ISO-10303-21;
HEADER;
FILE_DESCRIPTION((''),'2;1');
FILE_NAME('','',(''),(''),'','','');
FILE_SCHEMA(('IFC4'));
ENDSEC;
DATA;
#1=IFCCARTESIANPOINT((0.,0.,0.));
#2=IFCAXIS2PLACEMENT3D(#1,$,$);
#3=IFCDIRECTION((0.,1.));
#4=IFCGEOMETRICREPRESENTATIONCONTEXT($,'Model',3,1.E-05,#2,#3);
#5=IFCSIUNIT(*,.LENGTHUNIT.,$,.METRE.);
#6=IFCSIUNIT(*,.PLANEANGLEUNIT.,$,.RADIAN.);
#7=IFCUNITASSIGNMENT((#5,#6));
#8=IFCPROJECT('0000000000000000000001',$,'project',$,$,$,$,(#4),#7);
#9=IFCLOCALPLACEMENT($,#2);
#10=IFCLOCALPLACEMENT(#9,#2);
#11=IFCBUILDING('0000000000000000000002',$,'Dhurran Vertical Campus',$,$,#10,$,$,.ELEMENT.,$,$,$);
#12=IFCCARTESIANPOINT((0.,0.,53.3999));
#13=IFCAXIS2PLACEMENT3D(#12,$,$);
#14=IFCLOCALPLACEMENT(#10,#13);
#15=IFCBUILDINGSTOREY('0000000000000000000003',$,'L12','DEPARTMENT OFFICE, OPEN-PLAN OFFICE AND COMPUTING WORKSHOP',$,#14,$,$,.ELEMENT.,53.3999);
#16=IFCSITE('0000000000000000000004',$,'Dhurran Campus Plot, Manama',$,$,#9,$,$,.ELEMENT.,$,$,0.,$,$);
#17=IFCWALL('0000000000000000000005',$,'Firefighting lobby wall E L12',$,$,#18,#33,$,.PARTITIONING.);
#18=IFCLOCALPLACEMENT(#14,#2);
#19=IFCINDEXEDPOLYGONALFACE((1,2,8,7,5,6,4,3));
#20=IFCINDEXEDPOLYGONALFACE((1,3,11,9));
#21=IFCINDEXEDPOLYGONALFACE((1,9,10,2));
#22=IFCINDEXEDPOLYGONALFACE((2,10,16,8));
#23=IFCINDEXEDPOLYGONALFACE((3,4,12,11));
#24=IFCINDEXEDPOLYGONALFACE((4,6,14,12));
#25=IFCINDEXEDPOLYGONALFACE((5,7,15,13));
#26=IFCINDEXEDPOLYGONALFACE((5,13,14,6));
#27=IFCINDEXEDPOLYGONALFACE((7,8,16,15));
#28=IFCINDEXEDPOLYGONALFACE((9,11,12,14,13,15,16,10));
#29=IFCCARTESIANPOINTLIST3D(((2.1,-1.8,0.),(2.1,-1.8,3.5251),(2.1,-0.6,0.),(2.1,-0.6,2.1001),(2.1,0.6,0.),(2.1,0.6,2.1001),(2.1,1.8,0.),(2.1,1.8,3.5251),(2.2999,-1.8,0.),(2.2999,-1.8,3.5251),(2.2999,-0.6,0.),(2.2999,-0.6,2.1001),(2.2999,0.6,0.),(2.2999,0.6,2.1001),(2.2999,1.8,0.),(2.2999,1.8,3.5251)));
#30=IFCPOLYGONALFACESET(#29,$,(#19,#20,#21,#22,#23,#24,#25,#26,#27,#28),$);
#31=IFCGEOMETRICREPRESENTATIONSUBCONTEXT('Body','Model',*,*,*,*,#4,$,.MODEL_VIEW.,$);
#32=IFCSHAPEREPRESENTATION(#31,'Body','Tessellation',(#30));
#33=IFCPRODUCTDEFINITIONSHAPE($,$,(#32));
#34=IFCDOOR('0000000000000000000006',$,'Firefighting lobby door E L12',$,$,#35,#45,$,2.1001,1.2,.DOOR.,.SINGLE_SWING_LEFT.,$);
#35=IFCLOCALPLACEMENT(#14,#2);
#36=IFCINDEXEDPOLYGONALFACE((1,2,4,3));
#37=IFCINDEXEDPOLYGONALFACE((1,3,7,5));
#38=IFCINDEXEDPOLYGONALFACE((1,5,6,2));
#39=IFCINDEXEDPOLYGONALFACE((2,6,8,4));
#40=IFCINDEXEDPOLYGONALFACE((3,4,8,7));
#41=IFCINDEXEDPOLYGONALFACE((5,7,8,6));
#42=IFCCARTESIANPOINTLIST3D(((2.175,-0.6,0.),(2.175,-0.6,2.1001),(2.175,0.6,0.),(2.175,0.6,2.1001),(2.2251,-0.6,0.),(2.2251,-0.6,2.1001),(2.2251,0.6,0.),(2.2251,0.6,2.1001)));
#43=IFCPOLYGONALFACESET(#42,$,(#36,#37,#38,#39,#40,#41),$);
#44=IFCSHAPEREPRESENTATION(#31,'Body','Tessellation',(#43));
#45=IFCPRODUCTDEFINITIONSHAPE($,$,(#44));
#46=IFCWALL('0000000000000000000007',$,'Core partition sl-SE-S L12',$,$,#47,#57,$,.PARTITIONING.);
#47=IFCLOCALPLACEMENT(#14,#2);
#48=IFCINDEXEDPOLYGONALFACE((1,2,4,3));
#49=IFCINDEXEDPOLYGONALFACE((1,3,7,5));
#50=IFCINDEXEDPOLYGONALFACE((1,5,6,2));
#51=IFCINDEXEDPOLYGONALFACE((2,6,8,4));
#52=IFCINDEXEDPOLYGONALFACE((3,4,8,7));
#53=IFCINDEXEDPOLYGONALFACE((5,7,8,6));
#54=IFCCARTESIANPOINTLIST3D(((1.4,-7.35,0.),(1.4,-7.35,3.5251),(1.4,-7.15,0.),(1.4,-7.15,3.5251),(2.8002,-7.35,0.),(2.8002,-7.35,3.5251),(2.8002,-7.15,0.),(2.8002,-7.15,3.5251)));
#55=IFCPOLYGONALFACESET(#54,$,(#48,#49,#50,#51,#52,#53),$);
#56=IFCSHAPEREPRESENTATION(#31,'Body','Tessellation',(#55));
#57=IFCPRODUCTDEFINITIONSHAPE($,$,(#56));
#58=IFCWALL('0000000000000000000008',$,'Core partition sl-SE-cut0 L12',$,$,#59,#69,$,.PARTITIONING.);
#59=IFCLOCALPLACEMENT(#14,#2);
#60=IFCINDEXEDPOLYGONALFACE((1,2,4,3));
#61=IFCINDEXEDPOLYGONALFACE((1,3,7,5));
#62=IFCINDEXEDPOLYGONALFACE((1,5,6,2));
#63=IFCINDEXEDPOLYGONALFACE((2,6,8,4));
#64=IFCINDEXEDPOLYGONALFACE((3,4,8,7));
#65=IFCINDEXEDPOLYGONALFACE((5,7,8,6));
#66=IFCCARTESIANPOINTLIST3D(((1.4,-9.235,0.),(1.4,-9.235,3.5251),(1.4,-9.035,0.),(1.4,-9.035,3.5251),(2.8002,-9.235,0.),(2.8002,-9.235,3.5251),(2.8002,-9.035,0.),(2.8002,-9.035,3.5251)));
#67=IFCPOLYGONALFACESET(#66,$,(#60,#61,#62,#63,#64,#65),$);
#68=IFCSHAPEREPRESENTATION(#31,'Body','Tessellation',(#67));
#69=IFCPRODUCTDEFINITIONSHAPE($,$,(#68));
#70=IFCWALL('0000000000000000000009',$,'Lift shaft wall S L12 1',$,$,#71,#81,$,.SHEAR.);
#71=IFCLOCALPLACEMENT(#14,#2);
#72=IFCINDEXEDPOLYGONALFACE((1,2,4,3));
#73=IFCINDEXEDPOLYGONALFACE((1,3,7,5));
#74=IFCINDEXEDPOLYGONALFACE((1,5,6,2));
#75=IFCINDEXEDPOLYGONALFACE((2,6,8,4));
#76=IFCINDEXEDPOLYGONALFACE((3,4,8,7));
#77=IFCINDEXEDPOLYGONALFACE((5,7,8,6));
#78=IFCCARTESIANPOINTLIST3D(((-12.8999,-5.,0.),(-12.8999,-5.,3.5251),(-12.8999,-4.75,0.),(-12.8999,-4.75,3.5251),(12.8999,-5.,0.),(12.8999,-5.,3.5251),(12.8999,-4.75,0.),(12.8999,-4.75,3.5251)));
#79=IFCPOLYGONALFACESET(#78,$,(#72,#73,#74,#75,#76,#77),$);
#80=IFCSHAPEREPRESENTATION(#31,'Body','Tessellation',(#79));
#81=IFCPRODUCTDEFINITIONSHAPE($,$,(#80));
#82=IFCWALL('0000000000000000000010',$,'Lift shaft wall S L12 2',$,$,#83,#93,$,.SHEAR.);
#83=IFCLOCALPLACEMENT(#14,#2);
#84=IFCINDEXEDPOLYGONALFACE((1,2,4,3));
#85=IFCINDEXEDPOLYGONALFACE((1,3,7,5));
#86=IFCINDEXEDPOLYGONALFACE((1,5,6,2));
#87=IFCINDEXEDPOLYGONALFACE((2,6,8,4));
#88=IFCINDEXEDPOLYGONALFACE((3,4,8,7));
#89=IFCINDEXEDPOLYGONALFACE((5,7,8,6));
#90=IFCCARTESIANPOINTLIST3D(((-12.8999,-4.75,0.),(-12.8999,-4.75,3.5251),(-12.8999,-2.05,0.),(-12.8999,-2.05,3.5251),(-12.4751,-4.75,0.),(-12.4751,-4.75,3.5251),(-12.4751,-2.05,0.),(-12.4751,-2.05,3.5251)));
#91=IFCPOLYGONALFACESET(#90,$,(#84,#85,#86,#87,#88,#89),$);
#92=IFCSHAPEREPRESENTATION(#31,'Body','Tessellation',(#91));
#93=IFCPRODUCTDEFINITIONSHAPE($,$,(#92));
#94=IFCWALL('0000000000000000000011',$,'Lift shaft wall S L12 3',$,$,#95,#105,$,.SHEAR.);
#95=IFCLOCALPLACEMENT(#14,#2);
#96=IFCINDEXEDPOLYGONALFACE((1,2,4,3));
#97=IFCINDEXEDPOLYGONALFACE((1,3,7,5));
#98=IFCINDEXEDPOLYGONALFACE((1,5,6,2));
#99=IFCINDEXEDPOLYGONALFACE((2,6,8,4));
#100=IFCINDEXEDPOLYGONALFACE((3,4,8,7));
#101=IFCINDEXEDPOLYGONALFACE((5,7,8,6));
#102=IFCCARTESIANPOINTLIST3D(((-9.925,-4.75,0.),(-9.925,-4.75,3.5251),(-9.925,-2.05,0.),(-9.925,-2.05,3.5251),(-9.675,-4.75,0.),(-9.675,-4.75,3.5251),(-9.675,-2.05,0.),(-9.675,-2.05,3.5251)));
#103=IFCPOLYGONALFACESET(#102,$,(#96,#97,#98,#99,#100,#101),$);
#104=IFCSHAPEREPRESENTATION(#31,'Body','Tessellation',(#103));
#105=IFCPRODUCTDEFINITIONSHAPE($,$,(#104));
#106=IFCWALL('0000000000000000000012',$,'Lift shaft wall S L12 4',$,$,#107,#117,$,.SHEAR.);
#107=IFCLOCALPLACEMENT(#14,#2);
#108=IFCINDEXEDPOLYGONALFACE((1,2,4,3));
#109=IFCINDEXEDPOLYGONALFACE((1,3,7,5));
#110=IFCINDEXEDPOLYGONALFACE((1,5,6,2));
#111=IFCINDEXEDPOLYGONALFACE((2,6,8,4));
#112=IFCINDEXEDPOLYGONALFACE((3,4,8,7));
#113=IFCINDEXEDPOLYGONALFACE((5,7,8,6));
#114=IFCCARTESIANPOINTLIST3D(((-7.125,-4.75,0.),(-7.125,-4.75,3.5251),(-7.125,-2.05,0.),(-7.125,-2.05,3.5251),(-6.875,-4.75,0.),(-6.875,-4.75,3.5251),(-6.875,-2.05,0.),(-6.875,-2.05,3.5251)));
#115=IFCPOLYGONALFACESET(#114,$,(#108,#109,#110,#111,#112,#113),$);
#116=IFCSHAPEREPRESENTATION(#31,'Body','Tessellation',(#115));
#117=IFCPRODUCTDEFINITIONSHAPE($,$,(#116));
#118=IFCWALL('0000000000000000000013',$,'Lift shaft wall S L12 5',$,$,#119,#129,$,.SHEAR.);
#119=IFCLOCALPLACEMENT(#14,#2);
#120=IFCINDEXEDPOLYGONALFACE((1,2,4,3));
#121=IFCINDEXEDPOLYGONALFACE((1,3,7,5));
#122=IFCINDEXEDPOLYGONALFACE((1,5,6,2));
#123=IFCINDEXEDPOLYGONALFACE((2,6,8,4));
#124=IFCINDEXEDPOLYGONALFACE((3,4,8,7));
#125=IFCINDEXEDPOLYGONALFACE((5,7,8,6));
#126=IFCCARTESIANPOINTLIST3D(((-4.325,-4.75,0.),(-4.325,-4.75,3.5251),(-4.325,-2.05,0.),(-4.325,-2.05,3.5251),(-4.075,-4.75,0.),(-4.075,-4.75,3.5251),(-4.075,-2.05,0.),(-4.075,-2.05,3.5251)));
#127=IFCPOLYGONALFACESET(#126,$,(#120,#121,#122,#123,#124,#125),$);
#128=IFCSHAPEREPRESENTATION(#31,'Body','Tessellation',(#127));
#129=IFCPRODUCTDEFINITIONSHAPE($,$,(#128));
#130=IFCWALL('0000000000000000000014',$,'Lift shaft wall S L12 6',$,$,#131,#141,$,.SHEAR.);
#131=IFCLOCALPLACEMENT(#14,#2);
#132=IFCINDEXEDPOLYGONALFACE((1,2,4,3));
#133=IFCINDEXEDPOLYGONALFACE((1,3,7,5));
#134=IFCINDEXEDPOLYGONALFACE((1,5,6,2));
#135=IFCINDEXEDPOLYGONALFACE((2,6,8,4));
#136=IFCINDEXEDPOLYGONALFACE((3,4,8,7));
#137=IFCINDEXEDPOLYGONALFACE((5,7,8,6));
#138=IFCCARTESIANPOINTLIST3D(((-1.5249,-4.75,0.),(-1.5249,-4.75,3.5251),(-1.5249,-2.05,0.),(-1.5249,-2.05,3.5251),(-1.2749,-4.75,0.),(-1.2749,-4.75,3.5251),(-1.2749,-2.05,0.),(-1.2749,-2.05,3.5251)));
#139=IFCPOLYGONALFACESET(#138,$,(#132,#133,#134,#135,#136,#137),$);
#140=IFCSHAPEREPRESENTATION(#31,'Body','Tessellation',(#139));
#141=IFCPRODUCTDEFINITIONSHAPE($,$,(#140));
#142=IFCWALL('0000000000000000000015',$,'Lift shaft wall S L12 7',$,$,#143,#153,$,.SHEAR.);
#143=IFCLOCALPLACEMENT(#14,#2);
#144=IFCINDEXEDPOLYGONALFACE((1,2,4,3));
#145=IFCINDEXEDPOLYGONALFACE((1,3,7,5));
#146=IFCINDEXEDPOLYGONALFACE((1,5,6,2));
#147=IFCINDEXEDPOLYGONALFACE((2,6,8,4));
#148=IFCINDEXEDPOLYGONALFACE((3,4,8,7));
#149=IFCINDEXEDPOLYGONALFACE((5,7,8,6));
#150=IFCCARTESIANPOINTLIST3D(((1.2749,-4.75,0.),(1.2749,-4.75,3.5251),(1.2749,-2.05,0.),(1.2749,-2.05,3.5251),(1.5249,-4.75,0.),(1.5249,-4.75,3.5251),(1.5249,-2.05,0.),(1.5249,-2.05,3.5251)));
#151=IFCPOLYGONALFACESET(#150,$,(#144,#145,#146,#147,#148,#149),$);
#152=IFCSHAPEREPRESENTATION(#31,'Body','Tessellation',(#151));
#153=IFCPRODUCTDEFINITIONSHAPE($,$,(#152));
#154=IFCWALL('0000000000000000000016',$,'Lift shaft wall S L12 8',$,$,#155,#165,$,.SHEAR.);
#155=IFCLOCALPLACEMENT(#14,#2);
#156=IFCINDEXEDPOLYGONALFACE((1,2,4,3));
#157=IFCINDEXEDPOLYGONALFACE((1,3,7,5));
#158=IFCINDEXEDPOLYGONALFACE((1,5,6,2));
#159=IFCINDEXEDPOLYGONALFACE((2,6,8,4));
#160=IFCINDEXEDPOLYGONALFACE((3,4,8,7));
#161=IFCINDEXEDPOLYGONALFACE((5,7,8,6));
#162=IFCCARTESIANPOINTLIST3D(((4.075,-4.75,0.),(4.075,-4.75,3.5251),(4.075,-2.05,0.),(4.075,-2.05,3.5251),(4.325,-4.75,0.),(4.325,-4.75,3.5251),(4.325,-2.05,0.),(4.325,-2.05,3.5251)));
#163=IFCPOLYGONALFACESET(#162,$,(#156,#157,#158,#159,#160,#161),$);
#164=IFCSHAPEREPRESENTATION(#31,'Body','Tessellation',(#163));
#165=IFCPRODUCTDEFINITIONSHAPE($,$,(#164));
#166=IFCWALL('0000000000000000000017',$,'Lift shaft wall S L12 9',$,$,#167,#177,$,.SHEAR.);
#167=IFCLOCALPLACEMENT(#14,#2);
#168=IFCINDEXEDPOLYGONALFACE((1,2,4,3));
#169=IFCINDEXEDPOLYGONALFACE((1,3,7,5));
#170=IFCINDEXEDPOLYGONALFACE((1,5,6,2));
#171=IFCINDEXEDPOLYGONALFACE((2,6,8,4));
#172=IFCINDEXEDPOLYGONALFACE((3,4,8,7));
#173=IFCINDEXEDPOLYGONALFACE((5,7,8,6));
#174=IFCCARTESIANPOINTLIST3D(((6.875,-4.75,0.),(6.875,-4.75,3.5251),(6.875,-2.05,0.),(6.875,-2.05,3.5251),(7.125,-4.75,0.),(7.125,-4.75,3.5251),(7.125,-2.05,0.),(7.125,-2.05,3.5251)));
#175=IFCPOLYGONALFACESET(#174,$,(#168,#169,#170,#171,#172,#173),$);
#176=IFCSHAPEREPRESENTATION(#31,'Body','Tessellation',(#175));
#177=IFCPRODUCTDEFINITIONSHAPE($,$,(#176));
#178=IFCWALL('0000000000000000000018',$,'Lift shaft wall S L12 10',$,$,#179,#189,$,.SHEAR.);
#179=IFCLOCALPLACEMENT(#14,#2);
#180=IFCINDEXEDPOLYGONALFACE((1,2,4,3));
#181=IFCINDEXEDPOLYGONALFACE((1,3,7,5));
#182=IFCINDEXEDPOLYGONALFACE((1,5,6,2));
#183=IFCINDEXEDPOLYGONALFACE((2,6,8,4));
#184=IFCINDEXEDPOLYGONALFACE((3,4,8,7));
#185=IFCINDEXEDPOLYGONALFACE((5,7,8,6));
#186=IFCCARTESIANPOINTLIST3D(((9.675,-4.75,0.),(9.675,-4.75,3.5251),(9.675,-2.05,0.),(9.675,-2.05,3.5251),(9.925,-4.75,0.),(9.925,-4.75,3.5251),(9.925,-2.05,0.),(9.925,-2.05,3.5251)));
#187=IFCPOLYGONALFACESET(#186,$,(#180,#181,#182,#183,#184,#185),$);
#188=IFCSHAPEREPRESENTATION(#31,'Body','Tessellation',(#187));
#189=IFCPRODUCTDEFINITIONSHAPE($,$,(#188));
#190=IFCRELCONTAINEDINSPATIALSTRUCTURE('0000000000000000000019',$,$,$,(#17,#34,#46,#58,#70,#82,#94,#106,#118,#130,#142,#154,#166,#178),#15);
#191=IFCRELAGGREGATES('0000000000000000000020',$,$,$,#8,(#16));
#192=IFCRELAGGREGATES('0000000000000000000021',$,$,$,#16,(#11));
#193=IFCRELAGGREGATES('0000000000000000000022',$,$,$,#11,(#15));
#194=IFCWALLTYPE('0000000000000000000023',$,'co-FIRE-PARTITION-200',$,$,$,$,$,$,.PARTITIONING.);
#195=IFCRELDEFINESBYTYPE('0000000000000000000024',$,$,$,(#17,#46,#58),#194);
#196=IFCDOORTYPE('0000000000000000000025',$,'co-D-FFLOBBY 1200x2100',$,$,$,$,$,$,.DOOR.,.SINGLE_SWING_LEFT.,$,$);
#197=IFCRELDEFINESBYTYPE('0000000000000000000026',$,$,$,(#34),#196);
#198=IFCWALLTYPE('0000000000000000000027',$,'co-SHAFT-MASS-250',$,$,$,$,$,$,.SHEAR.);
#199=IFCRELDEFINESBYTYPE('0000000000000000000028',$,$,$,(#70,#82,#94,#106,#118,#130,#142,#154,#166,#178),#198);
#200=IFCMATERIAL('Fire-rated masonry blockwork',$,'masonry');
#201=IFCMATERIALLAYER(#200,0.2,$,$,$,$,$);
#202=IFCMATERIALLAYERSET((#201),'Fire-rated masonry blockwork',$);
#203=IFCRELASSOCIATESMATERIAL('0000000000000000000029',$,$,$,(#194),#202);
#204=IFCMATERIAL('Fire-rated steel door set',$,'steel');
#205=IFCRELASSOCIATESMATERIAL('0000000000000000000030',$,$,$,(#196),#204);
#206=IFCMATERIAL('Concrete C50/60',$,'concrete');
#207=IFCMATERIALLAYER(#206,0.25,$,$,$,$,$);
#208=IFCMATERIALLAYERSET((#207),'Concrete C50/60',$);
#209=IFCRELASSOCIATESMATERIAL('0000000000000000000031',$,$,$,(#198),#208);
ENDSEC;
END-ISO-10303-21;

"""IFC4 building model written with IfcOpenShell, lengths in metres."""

from ifc_helpers import new_model, si_unit, direction, frame, frame_2d, origin, place, context, subcontext, project, spatial, polyline, rectangle, outline, extrude, material, layer, layer_set, type_object, element, fill, save


model = new_model("IFC4")

# Units and contexts
model_context = context("Model", 3, precision=1e-05, world=origin(), true_north=direction((0.0, 1.0)))
body_context = subcontext(model_context, "Body", "Model", "MODEL_VIEW")
ifc_project = project(units=[si_unit("LENGTHUNIT", "METRE"), si_unit("PLANEANGLEUNIT", "RADIAN")], contexts=[model_context])

# Site, building, storey
site_placement = place(None, origin())
site = spatial("IfcSite", under=ifc_project, at=site_placement, Name="Dhurran Campus Plot, Manama", CompositionType="ELEMENT", RefElevation=0.0)
building_placement = place(site_placement, origin())
building = spatial("IfcBuilding", under=site, at=building_placement, Name="Dhurran Vertical Campus", CompositionType="ELEMENT")
storey_placement = place(building_placement, frame((0.0, 0.0, 53.3999)))
storey = spatial("IfcBuildingStorey", under=building, at=storey_placement, Name="L12", Description="DEPARTMENT OFFICE, OPEN-PLAN OFFICE AND COMPUTING WORKSHOP", CompositionType="ELEMENT", Elevation=53.3999)

# Wall, opening, door
ifc_material_1 = material(Name="Fire-rated masonry blockwork", Category="masonry")
ifc_layer_1 = layer(ifc_material_1, 0.2)
ifc_layer_set_1 = layer_set([ifc_layer_1], Name="Fire-rated masonry blockwork")
wall_type_1 = type_object("IfcWallType", Name="co-FIRE-PARTITION-200", PredefinedType="PARTITIONING", material=ifc_layer_set_1)
wall_1_placement = place(storey_placement, frame((2.2, -1.8, 0.0), z_axis=(0.0, 0.0, 1.0), x_axis=(0.0, 1.0, 0.0)))
wall_1 = element("IfcWall", 1, at=wall_1_placement, inside=storey, type_object=wall_type_1, Name="Firefighting lobby wall E L12", PredefinedType="PARTITIONING", context=body_context, shape_type="SweptSolid", body=[
    extrude(rectangle(XDim=3.6001, YDim=0.2, at=frame_2d((1.8, 0.0))), origin(), (0.0, 0.0, 1.0), 3.5251),
])
opening_1_placement = place(wall_1_placement, frame((1.2, 0.0, 0.0)))
opening_1 = element("IfcOpeningElement", 2, at=opening_1_placement, cuts=wall_1, PredefinedType="OPENING", context=body_context, shape_type="SweptSolid", body=[
    extrude(rectangle(XDim=1.2, YDim=2.1001, at=frame_2d((0.6001, 1.05))), frame((0.0, 0.1099, 0.0), z_axis=(0.0, -1.0, 0.0), x_axis=(1.0, 0.0, 0.0)), (0.0, 0.0, 1.0), 0.22),
])
ifc_material_2 = material(Name="Fire-rated steel door set", Category="steel")
door_type_1 = type_object("IfcDoorType", Name="co-D-FFLOBBY 1200x2100", OperationType="SINGLE_SWING_LEFT", PredefinedType="DOOR", material=ifc_material_2)
door_1_placement = place(opening_1_placement, origin())
door_1 = element("IfcDoor", 3, at=door_1_placement, inside=storey, type_object=door_type_1, Name="Firefighting lobby door E L12", OperationType="SINGLE_SWING_LEFT", OverallHeight=2.1001, OverallWidth=1.2, PredefinedType="DOOR", context=body_context, shape_type="SweptSolid", body=[
    extrude(rectangle(XDim=1.2, YDim=2.1001, at=frame_2d((0.6001, 1.05))), frame((0.0, 0.0249, 0.0), z_axis=(0.0, -1.0, 0.0), x_axis=(1.0, 0.0, 0.0)), (0.0, 0.0, 1.0), 0.05),
])
fill(opening_1, door_1)

# Walls
for number, where, z_axis, x_axis, name in (
    (4, (1.3999, -7.25, 0.0), (0.0, 0.0, 1.0), (1.0, 0.0, 0.0), "Core partition sl-SE-S L12"),
    (5, (1.3999, -9.135, 0.0), (0.0, 0.0, 1.0), (1.0, 0.0, 0.0), "Core partition sl-SE-cut0 L12"),
):
    element("IfcWall", number, at=place(storey_placement, frame(where, z_axis=z_axis, x_axis=x_axis)), inside=storey, type_object=wall_type_1, Name=name, PredefinedType="PARTITIONING", context=body_context, shape_type="SweptSolid", body=[
        extrude(rectangle(XDim=1.4001, YDim=0.2, at=frame_2d((0.7002, 0.0))), origin(), (0.0, 0.0, 1.0), 3.5251),
    ])
ifc_material_3 = material(Name="Concrete C50/60", Category="concrete")
ifc_layer_2 = layer(ifc_material_3, 0.25)
ifc_layer_set_2 = layer_set([ifc_layer_2], Name="Concrete C50/60")
wall_type_2 = type_object("IfcWallType", Name="co-SHAFT-MASS-250", PredefinedType="SHEAR", material=ifc_layer_set_2)
wall_2_placement = place(storey_placement, origin())
element("IfcWall", 6, at=wall_2_placement, inside=storey, type_object=wall_type_2, Name="Lift shaft wall S L12 1", PredefinedType="SHEAR", context=body_context, shape_type="SweptSolid", body=[
    extrude(outline(polyline([(-12.8999, -5.0), (12.8999, -5.0), (12.8999, -4.75), (-12.8999, -4.75), (-12.8999, -5.0)])), origin(), (0.0, 0.0, 1.0), 3.5251),
])
wall_3_placement = place(storey_placement, origin())
element("IfcWall", 7, at=wall_3_placement, inside=storey, type_object=wall_type_2, Name="Lift shaft wall S L12 2", PredefinedType="SHEAR", context=body_context, shape_type="SweptSolid", body=[
    extrude(outline(polyline([(-12.8999, -4.75), (-12.4751, -4.75), (-12.4751, -2.05), (-12.8999, -2.05), (-12.8999, -4.75)])), origin(), (0.0, 0.0, 1.0), 3.5251),
])
wall_4_placement = place(storey_placement, origin())
element("IfcWall", 8, at=wall_4_placement, inside=storey, type_object=wall_type_2, Name="Lift shaft wall S L12 3", PredefinedType="SHEAR", context=body_context, shape_type="SweptSolid", body=[
    extrude(outline(polyline([(-9.925, -4.75), (-9.675, -4.75), (-9.675, -2.05), (-9.925, -2.05), (-9.925, -4.75)])), origin(), (0.0, 0.0, 1.0), 3.5251),
])
wall_5_placement = place(storey_placement, origin())
element("IfcWall", 9, at=wall_5_placement, inside=storey, type_object=wall_type_2, Name="Lift shaft wall S L12 4", PredefinedType="SHEAR", context=body_context, shape_type="SweptSolid", body=[
    extrude(outline(polyline([(-7.125, -4.75), (-6.875, -4.75), (-6.875, -2.05), (-7.125, -2.05), (-7.125, -4.75)])), origin(), (0.0, 0.0, 1.0), 3.5251),
])
wall_6_placement = place(storey_placement, origin())
element("IfcWall", 10, at=wall_6_placement, inside=storey, type_object=wall_type_2, Name="Lift shaft wall S L12 5", PredefinedType="SHEAR", context=body_context, shape_type="SweptSolid", body=[
    extrude(outline(polyline([(-4.325, -4.75), (-4.075, -4.75), (-4.075, -2.05), (-4.325, -2.05), (-4.325, -4.75)])), origin(), (0.0, 0.0, 1.0), 3.5251),
])
wall_7_placement = place(storey_placement, origin())
element("IfcWall", 11, at=wall_7_placement, inside=storey, type_object=wall_type_2, Name="Lift shaft wall S L12 6", PredefinedType="SHEAR", context=body_context, shape_type="SweptSolid", body=[
    extrude(outline(polyline([(-1.5249, -4.75), (-1.2749, -4.75), (-1.2749, -2.05), (-1.5249, -2.05), (-1.5249, -4.75)])), origin(), (0.0, 0.0, 1.0), 3.5251),
])
wall_8_placement = place(storey_placement, origin())
element("IfcWall", 12, at=wall_8_placement, inside=storey, type_object=wall_type_2, Name="Lift shaft wall S L12 7", PredefinedType="SHEAR", context=body_context, shape_type="SweptSolid", body=[
    extrude(outline(polyline([(1.2749, -4.75), (1.5249, -4.75), (1.5249, -2.05), (1.2749, -2.05), (1.2749, -4.75)])), origin(), (0.0, 0.0, 1.0), 3.5251),
])
wall_9_placement = place(storey_placement, origin())
element("IfcWall", 13, at=wall_9_placement, inside=storey, type_object=wall_type_2, Name="Lift shaft wall S L12 8", PredefinedType="SHEAR", context=body_context, shape_type="SweptSolid", body=[
    extrude(outline(polyline([(4.075, -4.75), (4.325, -4.75), (4.325, -2.05), (4.075, -2.05), (4.075, -4.75)])), origin(), (0.0, 0.0, 1.0), 3.5251),
])
wall_10_placement = place(storey_placement, origin())
element("IfcWall", 14, at=wall_10_placement, inside=storey, type_object=wall_type_2, Name="Lift shaft wall S L12 9", PredefinedType="SHEAR", context=body_context, shape_type="SweptSolid", body=[
    extrude(outline(polyline([(6.875, -4.75), (7.125, -4.75), (7.125, -2.05), (6.875, -2.05), (6.875, -4.75)])), origin(), (0.0, 0.0, 1.0), 3.5251),
])
wall_11_placement = place(storey_placement, origin())
element("IfcWall", 15, at=wall_11_placement, inside=storey, type_object=wall_type_2, Name="Lift shaft wall S L12 10", PredefinedType="SHEAR", context=body_context, shape_type="SweptSolid", body=[
    extrude(outline(polyline([(9.675, -4.75), (9.925, -4.75), (9.925, -2.05), (9.675, -2.05), (9.675, -4.75)])), origin(), (0.0, 0.0, 1.0), 3.5251),
])

save(model, "model.ifc")
